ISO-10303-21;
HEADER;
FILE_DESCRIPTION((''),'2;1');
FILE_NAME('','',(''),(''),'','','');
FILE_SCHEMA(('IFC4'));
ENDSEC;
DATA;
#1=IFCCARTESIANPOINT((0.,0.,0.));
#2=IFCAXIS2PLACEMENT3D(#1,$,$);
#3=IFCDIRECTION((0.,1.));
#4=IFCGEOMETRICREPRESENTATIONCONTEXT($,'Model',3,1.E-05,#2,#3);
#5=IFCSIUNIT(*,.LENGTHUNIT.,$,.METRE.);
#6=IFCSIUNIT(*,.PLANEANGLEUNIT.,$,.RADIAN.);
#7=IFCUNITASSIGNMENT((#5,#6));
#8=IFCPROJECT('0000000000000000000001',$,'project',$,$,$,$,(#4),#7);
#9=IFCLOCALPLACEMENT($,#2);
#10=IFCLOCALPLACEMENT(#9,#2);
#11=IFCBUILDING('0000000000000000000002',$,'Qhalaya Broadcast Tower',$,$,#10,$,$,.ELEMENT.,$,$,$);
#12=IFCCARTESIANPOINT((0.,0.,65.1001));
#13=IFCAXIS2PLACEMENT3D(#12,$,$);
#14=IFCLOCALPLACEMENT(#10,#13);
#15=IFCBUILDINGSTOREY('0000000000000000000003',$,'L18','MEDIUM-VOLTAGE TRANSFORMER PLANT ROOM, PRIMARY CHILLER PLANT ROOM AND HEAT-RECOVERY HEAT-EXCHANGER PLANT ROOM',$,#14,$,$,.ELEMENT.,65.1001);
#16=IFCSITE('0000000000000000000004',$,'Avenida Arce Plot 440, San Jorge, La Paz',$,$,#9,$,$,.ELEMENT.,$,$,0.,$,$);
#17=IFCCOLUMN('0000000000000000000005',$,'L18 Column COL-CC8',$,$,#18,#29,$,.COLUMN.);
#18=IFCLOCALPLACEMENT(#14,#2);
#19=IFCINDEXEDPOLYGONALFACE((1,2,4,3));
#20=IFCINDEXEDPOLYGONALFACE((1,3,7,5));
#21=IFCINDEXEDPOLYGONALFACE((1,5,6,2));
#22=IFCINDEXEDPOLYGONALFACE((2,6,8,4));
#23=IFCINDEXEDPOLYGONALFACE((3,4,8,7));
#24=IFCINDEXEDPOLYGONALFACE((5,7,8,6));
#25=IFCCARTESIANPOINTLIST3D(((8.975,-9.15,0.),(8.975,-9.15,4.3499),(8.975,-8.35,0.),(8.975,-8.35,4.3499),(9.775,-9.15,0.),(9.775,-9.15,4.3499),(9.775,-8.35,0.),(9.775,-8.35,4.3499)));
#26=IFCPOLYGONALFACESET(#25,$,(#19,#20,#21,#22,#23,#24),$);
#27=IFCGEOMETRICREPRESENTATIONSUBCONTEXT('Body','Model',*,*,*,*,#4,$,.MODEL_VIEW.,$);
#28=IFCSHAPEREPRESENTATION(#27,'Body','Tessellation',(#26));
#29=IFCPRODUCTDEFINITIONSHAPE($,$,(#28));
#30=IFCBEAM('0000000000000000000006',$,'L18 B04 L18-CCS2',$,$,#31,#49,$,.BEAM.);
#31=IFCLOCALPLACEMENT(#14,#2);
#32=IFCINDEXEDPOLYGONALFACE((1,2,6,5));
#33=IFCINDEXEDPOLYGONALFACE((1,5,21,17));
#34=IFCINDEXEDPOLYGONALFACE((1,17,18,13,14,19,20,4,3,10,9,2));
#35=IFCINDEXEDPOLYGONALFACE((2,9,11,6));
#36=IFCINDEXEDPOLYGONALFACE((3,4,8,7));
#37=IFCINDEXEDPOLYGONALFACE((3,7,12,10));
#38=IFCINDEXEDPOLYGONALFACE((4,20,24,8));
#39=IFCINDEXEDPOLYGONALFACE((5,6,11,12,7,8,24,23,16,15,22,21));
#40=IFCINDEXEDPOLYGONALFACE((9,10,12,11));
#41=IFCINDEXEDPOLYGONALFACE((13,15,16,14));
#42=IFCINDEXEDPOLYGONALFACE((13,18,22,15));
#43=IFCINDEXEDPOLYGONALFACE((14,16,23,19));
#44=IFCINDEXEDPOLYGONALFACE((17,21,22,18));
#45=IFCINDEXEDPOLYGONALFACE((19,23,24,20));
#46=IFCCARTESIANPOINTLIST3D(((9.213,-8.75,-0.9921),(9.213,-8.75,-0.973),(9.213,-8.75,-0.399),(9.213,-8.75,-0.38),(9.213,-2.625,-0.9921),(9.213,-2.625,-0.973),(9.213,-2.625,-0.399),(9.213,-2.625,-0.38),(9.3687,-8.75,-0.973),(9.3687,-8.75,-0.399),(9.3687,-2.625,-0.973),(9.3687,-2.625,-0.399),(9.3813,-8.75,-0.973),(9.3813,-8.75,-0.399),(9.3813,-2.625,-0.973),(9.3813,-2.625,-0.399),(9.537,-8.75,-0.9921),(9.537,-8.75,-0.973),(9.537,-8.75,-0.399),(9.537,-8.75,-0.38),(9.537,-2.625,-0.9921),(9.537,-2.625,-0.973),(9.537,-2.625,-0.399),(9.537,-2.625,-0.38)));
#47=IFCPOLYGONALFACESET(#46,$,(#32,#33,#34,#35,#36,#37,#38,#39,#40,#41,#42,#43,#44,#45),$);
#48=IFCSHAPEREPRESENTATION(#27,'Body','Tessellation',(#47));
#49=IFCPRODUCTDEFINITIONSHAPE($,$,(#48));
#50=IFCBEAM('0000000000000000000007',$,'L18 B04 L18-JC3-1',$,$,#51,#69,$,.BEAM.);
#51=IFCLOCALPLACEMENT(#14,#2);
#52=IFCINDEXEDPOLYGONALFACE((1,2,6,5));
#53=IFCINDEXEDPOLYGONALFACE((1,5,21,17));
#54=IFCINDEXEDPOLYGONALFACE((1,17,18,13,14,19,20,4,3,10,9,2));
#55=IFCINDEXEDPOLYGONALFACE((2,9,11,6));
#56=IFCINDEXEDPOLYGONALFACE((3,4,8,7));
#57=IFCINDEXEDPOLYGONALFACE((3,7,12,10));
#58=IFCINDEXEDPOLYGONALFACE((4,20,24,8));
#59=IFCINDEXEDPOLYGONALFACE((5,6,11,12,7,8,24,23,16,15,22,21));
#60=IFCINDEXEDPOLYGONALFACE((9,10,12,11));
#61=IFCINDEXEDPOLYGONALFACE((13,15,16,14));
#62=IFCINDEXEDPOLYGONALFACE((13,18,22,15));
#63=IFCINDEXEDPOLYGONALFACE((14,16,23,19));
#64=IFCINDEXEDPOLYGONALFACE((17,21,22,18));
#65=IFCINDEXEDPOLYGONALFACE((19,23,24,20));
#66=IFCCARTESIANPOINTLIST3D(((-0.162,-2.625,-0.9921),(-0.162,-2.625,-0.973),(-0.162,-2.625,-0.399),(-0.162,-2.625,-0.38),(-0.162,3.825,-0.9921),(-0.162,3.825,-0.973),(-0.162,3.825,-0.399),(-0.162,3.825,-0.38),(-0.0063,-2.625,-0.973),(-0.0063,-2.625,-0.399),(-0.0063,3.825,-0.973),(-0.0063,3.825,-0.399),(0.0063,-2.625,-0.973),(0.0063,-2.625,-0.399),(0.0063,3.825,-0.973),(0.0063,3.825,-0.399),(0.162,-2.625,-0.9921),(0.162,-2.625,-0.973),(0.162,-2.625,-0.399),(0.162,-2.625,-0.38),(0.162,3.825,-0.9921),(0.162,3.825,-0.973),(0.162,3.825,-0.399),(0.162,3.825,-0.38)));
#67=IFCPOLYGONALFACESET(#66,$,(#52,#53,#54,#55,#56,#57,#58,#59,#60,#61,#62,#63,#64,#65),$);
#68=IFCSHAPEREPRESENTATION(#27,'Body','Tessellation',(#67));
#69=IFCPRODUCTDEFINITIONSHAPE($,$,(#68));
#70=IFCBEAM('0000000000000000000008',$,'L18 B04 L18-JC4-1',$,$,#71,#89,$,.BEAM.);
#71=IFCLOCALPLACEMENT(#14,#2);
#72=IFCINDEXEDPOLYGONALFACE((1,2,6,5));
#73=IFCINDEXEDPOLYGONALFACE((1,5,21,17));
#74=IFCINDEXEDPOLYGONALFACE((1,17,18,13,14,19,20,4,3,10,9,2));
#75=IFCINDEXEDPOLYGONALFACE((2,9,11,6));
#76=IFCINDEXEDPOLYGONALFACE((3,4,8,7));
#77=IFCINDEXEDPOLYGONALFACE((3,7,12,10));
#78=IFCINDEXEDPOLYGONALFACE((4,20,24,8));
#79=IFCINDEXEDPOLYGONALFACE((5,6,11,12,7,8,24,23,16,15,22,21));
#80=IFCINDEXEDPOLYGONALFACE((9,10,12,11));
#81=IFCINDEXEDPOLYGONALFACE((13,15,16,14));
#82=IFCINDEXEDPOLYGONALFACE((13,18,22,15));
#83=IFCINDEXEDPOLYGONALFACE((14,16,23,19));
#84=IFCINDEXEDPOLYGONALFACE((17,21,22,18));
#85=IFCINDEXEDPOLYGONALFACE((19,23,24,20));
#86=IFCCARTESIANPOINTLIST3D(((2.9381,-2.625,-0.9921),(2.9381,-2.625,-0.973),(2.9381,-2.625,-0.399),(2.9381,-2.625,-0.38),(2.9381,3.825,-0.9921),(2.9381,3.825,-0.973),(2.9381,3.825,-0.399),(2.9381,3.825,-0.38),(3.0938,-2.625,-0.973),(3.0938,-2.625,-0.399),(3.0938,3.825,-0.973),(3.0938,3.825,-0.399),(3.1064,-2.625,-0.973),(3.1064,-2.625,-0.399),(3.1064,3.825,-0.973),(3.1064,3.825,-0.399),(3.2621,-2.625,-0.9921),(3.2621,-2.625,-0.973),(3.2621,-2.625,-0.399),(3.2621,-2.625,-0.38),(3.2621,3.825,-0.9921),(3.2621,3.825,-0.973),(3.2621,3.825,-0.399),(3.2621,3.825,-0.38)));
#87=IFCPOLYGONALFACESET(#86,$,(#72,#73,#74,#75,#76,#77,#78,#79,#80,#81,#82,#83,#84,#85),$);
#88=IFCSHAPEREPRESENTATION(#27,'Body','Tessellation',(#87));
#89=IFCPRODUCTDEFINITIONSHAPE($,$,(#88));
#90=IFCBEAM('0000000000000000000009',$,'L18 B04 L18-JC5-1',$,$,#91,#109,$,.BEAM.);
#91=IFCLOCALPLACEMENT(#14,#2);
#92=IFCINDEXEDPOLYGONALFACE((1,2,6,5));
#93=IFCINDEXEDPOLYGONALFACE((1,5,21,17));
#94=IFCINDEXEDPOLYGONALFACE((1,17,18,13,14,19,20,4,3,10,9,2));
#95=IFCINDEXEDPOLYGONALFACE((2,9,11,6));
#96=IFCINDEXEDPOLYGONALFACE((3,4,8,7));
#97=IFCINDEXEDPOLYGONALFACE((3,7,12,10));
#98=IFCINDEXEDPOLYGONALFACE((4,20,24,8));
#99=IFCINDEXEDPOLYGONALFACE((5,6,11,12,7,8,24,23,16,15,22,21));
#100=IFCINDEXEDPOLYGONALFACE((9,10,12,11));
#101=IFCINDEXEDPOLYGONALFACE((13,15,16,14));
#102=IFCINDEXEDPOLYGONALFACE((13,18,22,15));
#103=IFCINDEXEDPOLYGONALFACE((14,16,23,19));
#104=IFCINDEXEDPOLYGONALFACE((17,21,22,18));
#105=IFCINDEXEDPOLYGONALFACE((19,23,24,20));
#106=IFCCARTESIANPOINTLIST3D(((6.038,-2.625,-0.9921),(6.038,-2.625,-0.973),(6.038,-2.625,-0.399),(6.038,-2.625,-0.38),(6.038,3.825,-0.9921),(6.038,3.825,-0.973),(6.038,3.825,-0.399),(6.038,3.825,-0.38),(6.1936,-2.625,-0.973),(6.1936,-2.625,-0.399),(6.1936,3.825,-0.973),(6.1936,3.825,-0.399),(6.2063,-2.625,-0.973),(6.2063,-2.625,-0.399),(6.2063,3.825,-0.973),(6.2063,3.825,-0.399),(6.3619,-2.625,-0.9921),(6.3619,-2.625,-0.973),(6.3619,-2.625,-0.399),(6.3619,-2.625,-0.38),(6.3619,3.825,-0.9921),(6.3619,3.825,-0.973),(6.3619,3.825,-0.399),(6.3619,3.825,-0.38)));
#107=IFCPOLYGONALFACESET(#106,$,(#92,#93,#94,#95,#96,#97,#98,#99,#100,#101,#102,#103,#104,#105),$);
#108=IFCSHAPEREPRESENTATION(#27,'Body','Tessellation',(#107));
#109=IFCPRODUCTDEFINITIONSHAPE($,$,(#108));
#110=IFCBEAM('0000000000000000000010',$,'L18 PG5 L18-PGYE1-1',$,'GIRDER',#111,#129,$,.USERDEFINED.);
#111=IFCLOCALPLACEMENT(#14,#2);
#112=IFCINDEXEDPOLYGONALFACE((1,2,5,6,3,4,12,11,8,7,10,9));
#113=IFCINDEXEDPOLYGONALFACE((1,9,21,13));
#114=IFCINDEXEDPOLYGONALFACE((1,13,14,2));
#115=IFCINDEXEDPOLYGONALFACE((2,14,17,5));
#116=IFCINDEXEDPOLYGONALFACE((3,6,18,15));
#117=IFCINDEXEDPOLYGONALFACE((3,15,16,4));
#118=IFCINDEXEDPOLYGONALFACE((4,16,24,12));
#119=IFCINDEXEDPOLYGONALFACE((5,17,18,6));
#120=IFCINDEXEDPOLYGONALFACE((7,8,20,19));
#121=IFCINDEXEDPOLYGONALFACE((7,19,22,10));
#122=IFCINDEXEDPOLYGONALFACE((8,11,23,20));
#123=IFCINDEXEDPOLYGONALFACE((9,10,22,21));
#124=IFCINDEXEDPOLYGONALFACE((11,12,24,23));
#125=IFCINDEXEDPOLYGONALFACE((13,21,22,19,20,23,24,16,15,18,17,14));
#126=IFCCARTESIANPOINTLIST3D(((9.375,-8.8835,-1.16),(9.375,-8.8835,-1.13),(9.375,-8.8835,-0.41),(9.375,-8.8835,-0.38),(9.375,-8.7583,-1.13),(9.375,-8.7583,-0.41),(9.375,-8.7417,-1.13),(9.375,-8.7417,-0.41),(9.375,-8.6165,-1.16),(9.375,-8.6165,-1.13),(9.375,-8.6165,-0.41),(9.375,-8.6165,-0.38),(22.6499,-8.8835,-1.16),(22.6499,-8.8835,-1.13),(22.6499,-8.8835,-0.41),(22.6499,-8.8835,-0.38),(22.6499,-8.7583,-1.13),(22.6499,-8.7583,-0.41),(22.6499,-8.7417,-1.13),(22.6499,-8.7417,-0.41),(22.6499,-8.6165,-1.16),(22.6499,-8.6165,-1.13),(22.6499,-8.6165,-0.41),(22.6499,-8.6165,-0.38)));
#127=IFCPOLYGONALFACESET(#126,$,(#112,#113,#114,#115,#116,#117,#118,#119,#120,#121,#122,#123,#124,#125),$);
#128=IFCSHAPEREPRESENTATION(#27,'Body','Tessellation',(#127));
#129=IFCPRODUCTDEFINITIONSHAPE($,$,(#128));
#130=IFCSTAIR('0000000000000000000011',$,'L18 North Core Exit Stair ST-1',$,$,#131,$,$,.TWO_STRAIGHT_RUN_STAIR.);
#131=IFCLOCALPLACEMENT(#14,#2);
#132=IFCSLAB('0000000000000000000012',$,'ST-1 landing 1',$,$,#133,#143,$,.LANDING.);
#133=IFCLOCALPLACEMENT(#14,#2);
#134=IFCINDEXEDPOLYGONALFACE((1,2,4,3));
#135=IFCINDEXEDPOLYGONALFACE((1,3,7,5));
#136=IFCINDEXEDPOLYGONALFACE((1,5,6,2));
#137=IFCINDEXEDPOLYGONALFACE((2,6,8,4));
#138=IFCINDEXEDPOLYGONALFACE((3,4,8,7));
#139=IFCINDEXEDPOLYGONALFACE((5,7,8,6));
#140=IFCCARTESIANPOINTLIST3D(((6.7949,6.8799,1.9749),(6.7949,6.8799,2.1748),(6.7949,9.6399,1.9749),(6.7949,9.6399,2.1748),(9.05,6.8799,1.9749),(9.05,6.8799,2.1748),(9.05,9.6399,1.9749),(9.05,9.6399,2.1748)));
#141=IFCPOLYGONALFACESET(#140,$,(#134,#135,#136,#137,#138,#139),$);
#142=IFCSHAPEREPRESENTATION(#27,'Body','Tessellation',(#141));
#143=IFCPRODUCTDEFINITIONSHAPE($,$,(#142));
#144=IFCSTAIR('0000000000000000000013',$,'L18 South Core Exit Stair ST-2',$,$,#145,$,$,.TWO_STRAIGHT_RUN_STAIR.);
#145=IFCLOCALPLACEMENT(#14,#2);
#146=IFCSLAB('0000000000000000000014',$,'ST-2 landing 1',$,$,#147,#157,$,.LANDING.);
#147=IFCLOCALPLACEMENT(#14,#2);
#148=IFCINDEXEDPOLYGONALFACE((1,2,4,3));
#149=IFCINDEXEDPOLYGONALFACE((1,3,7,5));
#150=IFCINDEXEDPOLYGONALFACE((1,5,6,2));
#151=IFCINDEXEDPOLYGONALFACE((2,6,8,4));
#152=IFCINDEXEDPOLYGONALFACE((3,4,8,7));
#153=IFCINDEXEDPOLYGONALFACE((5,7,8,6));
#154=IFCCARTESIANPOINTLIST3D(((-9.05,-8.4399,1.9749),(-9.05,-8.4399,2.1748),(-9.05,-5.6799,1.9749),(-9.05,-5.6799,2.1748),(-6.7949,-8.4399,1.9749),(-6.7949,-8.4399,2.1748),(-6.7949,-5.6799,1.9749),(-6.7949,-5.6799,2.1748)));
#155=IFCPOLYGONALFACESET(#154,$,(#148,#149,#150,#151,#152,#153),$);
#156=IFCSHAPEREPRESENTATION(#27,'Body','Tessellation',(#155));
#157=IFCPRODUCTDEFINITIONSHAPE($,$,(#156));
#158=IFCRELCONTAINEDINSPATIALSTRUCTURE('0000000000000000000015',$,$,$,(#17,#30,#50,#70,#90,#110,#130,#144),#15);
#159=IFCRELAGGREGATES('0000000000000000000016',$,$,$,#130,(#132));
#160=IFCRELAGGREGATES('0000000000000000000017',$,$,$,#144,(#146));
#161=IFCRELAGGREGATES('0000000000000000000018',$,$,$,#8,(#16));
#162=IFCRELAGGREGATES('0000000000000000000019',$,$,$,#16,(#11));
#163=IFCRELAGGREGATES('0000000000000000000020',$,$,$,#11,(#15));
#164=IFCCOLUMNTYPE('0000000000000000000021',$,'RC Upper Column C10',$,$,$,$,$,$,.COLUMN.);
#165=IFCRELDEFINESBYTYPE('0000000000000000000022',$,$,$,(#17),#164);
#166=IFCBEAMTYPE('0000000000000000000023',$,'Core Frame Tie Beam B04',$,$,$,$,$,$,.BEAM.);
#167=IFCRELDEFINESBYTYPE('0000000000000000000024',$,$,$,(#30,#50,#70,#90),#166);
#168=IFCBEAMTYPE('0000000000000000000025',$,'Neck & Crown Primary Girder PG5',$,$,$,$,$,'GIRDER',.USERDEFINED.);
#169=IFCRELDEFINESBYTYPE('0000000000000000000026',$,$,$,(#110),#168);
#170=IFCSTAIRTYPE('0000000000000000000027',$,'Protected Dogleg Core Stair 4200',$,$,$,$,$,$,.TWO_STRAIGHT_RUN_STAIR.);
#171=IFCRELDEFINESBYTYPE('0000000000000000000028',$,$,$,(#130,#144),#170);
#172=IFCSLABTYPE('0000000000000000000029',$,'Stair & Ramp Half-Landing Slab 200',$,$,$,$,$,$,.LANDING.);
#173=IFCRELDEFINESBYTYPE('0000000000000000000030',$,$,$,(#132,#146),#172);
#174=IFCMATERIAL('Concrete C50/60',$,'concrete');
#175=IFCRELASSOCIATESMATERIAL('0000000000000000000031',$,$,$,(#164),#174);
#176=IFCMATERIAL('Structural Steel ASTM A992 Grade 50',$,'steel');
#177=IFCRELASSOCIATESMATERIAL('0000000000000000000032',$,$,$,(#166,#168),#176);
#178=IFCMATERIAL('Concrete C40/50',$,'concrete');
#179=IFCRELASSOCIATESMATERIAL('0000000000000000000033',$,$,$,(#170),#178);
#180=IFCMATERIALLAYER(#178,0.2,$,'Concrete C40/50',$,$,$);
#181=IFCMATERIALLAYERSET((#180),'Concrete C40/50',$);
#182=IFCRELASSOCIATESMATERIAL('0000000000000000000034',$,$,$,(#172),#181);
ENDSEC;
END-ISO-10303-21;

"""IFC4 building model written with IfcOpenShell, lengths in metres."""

from ifc_helpers import new_model, si_unit, direction, frame, origin, origin_2d, place, context, subcontext, project, spatial, polyline, rectangle, i_section, outline, extrude, material, layer, layer_set, material_profile, profile_set, type_object, element, aggregate, save


model = new_model("IFC4")

# Units and contexts
model_context = context("Model", 3, precision=1e-05, world=origin(), true_north=direction((0.0, 1.0)))
body_context = subcontext(model_context, "Body", "Model", "MODEL_VIEW")
ifc_project = project(units=[si_unit("LENGTHUNIT", "METRE"), si_unit("PLANEANGLEUNIT", "RADIAN")], contexts=[model_context])

# Site, building, storey
site_placement = place(None, origin())
site = spatial("IfcSite", under=ifc_project, at=site_placement, Name="Avenida Arce Plot 440, San Jorge, La Paz", CompositionType="ELEMENT", RefElevation=0.0)
building_placement = place(site_placement, origin())
building = spatial("IfcBuilding", under=site, at=building_placement, Name="Qhalaya Broadcast Tower", CompositionType="ELEMENT")
storey_placement = place(building_placement, frame((0.0, 0.0, 65.1001)))
storey = spatial("IfcBuildingStorey", under=building, at=storey_placement, Name="L18", Description="MEDIUM-VOLTAGE TRANSFORMER PLANT ROOM, PRIMARY CHILLER PLANT ROOM AND HEAT-RECOVERY HEAT-EXCHANGER PLANT ROOM", CompositionType="ELEMENT", Elevation=65.1001)

# Column
ifc_material_1 = material(Name="Concrete C50/60", Category="concrete")
ifc_material_profile_1 = material_profile(ifc_material_1, rectangle(XDim=0.8, YDim=0.8, at=origin_2d()), Name="RC-COL 800x800")
ifc_profile_set_1 = profile_set([ifc_material_profile_1], Name="Concrete C50/60")
column_type = type_object("IfcColumnType", Name="RC Upper Column C10", PredefinedType="COLUMN", material=ifc_profile_set_1)
column_placement = place(storey_placement, frame((9.375, -8.75, 0.0), z_axis=(0.0, 0.0, 1.0), x_axis=(1.0, 0.0, 0.0)))
element("IfcColumn", 1, at=column_placement, inside=storey, type_object=column_type, Name="L18 Column COL-CC8", PredefinedType="COLUMN", context=body_context, shape_type="SweptSolid", body=[
    extrude(rectangle(XDim=0.8, YDim=0.8, at=origin_2d()), origin(), (0.0, 0.0, 1.0), 4.3499),
])

# Beams
ifc_material_2 = material(Name="Structural Steel ASTM A992 Grade 50", Category="steel")
ifc_material_profile_2 = material_profile(ifc_material_2, i_section(OverallWidth=0.324, OverallDepth=0.6121, WebThickness=0.0127, FlangeThickness=0.019, at=origin_2d()), Name="W24X104")
ifc_profile_set_2 = profile_set([ifc_material_profile_2], Name="Structural Steel ASTM A992 Grade 50")
beam_type_1 = type_object("IfcBeamType", Name="Core Frame Tie Beam B04", PredefinedType="BEAM", material=ifc_profile_set_2)
beam_1_placement = place(storey_placement, frame((9.375, -8.75, -0.686), z_axis=(0.0, 1.0, 0.0), x_axis=(-1.0, 0.0, 0.0)))
element("IfcBeam", 2, at=beam_1_placement, inside=storey, type_object=beam_type_1, Name="L18 B04 L18-CCS2", PredefinedType="BEAM", context=body_context, shape_type="SweptSolid", body=[
    extrude(i_section(OverallWidth=0.324, OverallDepth=0.6121, WebThickness=0.0127, FlangeThickness=0.019, at=origin_2d()), origin(), (0.0, 0.0, 1.0), 6.125),
])
for number, where, z_axis, x_axis, name in (
    (3, (0.0, -2.625, -0.686), (0.0, 1.0, 0.0), (-1.0, 0.0, 0.0), "L18 B04 L18-JC3-1"),
    (4, (3.1001, -2.625, -0.686), (0.0, 1.0, 0.0), (-1.0, 0.0, 0.0), "L18 B04 L18-JC4-1"),
    (5, (6.2, -2.625, -0.686), (0.0, 1.0, 0.0), (-1.0, 0.0, 0.0), "L18 B04 L18-JC5-1"),
):
    element("IfcBeam", number, at=place(storey_placement, frame(where, z_axis=z_axis, x_axis=x_axis)), inside=storey, type_object=beam_type_1, Name=name, PredefinedType="BEAM", context=body_context, shape_type="SweptSolid", body=[
        extrude(i_section(OverallWidth=0.324, OverallDepth=0.6121, WebThickness=0.0127, FlangeThickness=0.019, at=origin_2d()), origin(), (0.0, 0.0, 1.0), 6.45),
    ])
ifc_material_profile_3 = material_profile(ifc_material_2, i_section(OverallWidth=0.2671, OverallDepth=0.78, WebThickness=0.0166, FlangeThickness=0.03, at=origin_2d()), Name="W30X148")
ifc_profile_set_3 = profile_set([ifc_material_profile_3], Name="Structural Steel ASTM A992 Grade 50")
beam_type_2 = type_object("IfcBeamType", Name="Neck & Crown Primary Girder PG5", ElementType="GIRDER", PredefinedType="USERDEFINED", material=ifc_profile_set_3)
beam_2_placement = place(storey_placement, frame((9.375, -8.75, -0.77), z_axis=(1.0, 0.0, 0.0), x_axis=(0.0, 1.0, 0.0)))
element("IfcBeam", 6, at=beam_2_placement, inside=storey, type_object=beam_type_2, Name="L18 PG5 L18-PGYE1-1", ObjectType="GIRDER", PredefinedType="USERDEFINED", context=body_context, shape_type="SweptSolid", body=[
    extrude(i_section(OverallWidth=0.2671, OverallDepth=0.78, WebThickness=0.0166, FlangeThickness=0.03, at=origin_2d()), origin(), (0.0, 0.0, 1.0), 13.2749),
])

# Stairs, slabs
ifc_material_3 = material(Name="Concrete C40/50", Category="concrete")
stair_type = type_object("IfcStairType", Name="Protected Dogleg Core Stair 4200", PredefinedType="TWO_STRAIGHT_RUN_STAIR", material=ifc_material_3)
stair_1_placement = place(storey_placement, origin())
stair_1 = element("IfcStair", 7, at=stair_1_placement, inside=storey, type_object=stair_type, Name="L18 North Core Exit Stair ST-1", PredefinedType="TWO_STRAIGHT_RUN_STAIR")
ifc_layer_1 = layer(ifc_material_3, 0.2, Name="Concrete C40/50")
ifc_layer_set_1 = layer_set([ifc_layer_1], Name="Concrete C40/50")
slab_type_1 = type_object("IfcSlabType", Name="Stair & Ramp Half-Landing Slab 200", PredefinedType="LANDING", material=ifc_layer_set_1)
slab_1_placement = place(storey_placement, frame((0.0, 0.0, 1.9749)))
slab_1 = element("IfcSlab", 8, at=slab_1_placement, type_object=slab_type_1, Name="ST-1 landing 1", PredefinedType="LANDING", context=body_context, shape_type="SweptSolid", body=[
    extrude(outline(polyline([(6.7949, 6.8799), (9.05, 6.8799), (9.05, 9.6399), (6.7949, 9.6399), (6.7949, 6.8799)])), origin(), (0.0, 0.0, 1.0), 0.2),
])
aggregate(stair_1, [slab_1])
stair_2_placement = place(storey_placement, origin())
stair_2 = element("IfcStair", 9, at=stair_2_placement, inside=storey, type_object=stair_type, Name="L18 South Core Exit Stair ST-2", PredefinedType="TWO_STRAIGHT_RUN_STAIR")
slab_2_placement = place(storey_placement, frame((0.0, 0.0, 1.9749)))
slab_2 = element("IfcSlab", 10, at=slab_2_placement, type_object=slab_type_1, Name="ST-2 landing 1", PredefinedType="LANDING", context=body_context, shape_type="SweptSolid", body=[
    extrude(outline(polyline([(-6.7949, -5.6799), (-9.05, -5.6799), (-9.05, -8.4399), (-6.7949, -8.4399), (-6.7949, -5.6799)])), origin(), (0.0, 0.0, 1.0), 0.2),
])
aggregate(stair_2, [slab_2])

save(model, "model.ifc")
